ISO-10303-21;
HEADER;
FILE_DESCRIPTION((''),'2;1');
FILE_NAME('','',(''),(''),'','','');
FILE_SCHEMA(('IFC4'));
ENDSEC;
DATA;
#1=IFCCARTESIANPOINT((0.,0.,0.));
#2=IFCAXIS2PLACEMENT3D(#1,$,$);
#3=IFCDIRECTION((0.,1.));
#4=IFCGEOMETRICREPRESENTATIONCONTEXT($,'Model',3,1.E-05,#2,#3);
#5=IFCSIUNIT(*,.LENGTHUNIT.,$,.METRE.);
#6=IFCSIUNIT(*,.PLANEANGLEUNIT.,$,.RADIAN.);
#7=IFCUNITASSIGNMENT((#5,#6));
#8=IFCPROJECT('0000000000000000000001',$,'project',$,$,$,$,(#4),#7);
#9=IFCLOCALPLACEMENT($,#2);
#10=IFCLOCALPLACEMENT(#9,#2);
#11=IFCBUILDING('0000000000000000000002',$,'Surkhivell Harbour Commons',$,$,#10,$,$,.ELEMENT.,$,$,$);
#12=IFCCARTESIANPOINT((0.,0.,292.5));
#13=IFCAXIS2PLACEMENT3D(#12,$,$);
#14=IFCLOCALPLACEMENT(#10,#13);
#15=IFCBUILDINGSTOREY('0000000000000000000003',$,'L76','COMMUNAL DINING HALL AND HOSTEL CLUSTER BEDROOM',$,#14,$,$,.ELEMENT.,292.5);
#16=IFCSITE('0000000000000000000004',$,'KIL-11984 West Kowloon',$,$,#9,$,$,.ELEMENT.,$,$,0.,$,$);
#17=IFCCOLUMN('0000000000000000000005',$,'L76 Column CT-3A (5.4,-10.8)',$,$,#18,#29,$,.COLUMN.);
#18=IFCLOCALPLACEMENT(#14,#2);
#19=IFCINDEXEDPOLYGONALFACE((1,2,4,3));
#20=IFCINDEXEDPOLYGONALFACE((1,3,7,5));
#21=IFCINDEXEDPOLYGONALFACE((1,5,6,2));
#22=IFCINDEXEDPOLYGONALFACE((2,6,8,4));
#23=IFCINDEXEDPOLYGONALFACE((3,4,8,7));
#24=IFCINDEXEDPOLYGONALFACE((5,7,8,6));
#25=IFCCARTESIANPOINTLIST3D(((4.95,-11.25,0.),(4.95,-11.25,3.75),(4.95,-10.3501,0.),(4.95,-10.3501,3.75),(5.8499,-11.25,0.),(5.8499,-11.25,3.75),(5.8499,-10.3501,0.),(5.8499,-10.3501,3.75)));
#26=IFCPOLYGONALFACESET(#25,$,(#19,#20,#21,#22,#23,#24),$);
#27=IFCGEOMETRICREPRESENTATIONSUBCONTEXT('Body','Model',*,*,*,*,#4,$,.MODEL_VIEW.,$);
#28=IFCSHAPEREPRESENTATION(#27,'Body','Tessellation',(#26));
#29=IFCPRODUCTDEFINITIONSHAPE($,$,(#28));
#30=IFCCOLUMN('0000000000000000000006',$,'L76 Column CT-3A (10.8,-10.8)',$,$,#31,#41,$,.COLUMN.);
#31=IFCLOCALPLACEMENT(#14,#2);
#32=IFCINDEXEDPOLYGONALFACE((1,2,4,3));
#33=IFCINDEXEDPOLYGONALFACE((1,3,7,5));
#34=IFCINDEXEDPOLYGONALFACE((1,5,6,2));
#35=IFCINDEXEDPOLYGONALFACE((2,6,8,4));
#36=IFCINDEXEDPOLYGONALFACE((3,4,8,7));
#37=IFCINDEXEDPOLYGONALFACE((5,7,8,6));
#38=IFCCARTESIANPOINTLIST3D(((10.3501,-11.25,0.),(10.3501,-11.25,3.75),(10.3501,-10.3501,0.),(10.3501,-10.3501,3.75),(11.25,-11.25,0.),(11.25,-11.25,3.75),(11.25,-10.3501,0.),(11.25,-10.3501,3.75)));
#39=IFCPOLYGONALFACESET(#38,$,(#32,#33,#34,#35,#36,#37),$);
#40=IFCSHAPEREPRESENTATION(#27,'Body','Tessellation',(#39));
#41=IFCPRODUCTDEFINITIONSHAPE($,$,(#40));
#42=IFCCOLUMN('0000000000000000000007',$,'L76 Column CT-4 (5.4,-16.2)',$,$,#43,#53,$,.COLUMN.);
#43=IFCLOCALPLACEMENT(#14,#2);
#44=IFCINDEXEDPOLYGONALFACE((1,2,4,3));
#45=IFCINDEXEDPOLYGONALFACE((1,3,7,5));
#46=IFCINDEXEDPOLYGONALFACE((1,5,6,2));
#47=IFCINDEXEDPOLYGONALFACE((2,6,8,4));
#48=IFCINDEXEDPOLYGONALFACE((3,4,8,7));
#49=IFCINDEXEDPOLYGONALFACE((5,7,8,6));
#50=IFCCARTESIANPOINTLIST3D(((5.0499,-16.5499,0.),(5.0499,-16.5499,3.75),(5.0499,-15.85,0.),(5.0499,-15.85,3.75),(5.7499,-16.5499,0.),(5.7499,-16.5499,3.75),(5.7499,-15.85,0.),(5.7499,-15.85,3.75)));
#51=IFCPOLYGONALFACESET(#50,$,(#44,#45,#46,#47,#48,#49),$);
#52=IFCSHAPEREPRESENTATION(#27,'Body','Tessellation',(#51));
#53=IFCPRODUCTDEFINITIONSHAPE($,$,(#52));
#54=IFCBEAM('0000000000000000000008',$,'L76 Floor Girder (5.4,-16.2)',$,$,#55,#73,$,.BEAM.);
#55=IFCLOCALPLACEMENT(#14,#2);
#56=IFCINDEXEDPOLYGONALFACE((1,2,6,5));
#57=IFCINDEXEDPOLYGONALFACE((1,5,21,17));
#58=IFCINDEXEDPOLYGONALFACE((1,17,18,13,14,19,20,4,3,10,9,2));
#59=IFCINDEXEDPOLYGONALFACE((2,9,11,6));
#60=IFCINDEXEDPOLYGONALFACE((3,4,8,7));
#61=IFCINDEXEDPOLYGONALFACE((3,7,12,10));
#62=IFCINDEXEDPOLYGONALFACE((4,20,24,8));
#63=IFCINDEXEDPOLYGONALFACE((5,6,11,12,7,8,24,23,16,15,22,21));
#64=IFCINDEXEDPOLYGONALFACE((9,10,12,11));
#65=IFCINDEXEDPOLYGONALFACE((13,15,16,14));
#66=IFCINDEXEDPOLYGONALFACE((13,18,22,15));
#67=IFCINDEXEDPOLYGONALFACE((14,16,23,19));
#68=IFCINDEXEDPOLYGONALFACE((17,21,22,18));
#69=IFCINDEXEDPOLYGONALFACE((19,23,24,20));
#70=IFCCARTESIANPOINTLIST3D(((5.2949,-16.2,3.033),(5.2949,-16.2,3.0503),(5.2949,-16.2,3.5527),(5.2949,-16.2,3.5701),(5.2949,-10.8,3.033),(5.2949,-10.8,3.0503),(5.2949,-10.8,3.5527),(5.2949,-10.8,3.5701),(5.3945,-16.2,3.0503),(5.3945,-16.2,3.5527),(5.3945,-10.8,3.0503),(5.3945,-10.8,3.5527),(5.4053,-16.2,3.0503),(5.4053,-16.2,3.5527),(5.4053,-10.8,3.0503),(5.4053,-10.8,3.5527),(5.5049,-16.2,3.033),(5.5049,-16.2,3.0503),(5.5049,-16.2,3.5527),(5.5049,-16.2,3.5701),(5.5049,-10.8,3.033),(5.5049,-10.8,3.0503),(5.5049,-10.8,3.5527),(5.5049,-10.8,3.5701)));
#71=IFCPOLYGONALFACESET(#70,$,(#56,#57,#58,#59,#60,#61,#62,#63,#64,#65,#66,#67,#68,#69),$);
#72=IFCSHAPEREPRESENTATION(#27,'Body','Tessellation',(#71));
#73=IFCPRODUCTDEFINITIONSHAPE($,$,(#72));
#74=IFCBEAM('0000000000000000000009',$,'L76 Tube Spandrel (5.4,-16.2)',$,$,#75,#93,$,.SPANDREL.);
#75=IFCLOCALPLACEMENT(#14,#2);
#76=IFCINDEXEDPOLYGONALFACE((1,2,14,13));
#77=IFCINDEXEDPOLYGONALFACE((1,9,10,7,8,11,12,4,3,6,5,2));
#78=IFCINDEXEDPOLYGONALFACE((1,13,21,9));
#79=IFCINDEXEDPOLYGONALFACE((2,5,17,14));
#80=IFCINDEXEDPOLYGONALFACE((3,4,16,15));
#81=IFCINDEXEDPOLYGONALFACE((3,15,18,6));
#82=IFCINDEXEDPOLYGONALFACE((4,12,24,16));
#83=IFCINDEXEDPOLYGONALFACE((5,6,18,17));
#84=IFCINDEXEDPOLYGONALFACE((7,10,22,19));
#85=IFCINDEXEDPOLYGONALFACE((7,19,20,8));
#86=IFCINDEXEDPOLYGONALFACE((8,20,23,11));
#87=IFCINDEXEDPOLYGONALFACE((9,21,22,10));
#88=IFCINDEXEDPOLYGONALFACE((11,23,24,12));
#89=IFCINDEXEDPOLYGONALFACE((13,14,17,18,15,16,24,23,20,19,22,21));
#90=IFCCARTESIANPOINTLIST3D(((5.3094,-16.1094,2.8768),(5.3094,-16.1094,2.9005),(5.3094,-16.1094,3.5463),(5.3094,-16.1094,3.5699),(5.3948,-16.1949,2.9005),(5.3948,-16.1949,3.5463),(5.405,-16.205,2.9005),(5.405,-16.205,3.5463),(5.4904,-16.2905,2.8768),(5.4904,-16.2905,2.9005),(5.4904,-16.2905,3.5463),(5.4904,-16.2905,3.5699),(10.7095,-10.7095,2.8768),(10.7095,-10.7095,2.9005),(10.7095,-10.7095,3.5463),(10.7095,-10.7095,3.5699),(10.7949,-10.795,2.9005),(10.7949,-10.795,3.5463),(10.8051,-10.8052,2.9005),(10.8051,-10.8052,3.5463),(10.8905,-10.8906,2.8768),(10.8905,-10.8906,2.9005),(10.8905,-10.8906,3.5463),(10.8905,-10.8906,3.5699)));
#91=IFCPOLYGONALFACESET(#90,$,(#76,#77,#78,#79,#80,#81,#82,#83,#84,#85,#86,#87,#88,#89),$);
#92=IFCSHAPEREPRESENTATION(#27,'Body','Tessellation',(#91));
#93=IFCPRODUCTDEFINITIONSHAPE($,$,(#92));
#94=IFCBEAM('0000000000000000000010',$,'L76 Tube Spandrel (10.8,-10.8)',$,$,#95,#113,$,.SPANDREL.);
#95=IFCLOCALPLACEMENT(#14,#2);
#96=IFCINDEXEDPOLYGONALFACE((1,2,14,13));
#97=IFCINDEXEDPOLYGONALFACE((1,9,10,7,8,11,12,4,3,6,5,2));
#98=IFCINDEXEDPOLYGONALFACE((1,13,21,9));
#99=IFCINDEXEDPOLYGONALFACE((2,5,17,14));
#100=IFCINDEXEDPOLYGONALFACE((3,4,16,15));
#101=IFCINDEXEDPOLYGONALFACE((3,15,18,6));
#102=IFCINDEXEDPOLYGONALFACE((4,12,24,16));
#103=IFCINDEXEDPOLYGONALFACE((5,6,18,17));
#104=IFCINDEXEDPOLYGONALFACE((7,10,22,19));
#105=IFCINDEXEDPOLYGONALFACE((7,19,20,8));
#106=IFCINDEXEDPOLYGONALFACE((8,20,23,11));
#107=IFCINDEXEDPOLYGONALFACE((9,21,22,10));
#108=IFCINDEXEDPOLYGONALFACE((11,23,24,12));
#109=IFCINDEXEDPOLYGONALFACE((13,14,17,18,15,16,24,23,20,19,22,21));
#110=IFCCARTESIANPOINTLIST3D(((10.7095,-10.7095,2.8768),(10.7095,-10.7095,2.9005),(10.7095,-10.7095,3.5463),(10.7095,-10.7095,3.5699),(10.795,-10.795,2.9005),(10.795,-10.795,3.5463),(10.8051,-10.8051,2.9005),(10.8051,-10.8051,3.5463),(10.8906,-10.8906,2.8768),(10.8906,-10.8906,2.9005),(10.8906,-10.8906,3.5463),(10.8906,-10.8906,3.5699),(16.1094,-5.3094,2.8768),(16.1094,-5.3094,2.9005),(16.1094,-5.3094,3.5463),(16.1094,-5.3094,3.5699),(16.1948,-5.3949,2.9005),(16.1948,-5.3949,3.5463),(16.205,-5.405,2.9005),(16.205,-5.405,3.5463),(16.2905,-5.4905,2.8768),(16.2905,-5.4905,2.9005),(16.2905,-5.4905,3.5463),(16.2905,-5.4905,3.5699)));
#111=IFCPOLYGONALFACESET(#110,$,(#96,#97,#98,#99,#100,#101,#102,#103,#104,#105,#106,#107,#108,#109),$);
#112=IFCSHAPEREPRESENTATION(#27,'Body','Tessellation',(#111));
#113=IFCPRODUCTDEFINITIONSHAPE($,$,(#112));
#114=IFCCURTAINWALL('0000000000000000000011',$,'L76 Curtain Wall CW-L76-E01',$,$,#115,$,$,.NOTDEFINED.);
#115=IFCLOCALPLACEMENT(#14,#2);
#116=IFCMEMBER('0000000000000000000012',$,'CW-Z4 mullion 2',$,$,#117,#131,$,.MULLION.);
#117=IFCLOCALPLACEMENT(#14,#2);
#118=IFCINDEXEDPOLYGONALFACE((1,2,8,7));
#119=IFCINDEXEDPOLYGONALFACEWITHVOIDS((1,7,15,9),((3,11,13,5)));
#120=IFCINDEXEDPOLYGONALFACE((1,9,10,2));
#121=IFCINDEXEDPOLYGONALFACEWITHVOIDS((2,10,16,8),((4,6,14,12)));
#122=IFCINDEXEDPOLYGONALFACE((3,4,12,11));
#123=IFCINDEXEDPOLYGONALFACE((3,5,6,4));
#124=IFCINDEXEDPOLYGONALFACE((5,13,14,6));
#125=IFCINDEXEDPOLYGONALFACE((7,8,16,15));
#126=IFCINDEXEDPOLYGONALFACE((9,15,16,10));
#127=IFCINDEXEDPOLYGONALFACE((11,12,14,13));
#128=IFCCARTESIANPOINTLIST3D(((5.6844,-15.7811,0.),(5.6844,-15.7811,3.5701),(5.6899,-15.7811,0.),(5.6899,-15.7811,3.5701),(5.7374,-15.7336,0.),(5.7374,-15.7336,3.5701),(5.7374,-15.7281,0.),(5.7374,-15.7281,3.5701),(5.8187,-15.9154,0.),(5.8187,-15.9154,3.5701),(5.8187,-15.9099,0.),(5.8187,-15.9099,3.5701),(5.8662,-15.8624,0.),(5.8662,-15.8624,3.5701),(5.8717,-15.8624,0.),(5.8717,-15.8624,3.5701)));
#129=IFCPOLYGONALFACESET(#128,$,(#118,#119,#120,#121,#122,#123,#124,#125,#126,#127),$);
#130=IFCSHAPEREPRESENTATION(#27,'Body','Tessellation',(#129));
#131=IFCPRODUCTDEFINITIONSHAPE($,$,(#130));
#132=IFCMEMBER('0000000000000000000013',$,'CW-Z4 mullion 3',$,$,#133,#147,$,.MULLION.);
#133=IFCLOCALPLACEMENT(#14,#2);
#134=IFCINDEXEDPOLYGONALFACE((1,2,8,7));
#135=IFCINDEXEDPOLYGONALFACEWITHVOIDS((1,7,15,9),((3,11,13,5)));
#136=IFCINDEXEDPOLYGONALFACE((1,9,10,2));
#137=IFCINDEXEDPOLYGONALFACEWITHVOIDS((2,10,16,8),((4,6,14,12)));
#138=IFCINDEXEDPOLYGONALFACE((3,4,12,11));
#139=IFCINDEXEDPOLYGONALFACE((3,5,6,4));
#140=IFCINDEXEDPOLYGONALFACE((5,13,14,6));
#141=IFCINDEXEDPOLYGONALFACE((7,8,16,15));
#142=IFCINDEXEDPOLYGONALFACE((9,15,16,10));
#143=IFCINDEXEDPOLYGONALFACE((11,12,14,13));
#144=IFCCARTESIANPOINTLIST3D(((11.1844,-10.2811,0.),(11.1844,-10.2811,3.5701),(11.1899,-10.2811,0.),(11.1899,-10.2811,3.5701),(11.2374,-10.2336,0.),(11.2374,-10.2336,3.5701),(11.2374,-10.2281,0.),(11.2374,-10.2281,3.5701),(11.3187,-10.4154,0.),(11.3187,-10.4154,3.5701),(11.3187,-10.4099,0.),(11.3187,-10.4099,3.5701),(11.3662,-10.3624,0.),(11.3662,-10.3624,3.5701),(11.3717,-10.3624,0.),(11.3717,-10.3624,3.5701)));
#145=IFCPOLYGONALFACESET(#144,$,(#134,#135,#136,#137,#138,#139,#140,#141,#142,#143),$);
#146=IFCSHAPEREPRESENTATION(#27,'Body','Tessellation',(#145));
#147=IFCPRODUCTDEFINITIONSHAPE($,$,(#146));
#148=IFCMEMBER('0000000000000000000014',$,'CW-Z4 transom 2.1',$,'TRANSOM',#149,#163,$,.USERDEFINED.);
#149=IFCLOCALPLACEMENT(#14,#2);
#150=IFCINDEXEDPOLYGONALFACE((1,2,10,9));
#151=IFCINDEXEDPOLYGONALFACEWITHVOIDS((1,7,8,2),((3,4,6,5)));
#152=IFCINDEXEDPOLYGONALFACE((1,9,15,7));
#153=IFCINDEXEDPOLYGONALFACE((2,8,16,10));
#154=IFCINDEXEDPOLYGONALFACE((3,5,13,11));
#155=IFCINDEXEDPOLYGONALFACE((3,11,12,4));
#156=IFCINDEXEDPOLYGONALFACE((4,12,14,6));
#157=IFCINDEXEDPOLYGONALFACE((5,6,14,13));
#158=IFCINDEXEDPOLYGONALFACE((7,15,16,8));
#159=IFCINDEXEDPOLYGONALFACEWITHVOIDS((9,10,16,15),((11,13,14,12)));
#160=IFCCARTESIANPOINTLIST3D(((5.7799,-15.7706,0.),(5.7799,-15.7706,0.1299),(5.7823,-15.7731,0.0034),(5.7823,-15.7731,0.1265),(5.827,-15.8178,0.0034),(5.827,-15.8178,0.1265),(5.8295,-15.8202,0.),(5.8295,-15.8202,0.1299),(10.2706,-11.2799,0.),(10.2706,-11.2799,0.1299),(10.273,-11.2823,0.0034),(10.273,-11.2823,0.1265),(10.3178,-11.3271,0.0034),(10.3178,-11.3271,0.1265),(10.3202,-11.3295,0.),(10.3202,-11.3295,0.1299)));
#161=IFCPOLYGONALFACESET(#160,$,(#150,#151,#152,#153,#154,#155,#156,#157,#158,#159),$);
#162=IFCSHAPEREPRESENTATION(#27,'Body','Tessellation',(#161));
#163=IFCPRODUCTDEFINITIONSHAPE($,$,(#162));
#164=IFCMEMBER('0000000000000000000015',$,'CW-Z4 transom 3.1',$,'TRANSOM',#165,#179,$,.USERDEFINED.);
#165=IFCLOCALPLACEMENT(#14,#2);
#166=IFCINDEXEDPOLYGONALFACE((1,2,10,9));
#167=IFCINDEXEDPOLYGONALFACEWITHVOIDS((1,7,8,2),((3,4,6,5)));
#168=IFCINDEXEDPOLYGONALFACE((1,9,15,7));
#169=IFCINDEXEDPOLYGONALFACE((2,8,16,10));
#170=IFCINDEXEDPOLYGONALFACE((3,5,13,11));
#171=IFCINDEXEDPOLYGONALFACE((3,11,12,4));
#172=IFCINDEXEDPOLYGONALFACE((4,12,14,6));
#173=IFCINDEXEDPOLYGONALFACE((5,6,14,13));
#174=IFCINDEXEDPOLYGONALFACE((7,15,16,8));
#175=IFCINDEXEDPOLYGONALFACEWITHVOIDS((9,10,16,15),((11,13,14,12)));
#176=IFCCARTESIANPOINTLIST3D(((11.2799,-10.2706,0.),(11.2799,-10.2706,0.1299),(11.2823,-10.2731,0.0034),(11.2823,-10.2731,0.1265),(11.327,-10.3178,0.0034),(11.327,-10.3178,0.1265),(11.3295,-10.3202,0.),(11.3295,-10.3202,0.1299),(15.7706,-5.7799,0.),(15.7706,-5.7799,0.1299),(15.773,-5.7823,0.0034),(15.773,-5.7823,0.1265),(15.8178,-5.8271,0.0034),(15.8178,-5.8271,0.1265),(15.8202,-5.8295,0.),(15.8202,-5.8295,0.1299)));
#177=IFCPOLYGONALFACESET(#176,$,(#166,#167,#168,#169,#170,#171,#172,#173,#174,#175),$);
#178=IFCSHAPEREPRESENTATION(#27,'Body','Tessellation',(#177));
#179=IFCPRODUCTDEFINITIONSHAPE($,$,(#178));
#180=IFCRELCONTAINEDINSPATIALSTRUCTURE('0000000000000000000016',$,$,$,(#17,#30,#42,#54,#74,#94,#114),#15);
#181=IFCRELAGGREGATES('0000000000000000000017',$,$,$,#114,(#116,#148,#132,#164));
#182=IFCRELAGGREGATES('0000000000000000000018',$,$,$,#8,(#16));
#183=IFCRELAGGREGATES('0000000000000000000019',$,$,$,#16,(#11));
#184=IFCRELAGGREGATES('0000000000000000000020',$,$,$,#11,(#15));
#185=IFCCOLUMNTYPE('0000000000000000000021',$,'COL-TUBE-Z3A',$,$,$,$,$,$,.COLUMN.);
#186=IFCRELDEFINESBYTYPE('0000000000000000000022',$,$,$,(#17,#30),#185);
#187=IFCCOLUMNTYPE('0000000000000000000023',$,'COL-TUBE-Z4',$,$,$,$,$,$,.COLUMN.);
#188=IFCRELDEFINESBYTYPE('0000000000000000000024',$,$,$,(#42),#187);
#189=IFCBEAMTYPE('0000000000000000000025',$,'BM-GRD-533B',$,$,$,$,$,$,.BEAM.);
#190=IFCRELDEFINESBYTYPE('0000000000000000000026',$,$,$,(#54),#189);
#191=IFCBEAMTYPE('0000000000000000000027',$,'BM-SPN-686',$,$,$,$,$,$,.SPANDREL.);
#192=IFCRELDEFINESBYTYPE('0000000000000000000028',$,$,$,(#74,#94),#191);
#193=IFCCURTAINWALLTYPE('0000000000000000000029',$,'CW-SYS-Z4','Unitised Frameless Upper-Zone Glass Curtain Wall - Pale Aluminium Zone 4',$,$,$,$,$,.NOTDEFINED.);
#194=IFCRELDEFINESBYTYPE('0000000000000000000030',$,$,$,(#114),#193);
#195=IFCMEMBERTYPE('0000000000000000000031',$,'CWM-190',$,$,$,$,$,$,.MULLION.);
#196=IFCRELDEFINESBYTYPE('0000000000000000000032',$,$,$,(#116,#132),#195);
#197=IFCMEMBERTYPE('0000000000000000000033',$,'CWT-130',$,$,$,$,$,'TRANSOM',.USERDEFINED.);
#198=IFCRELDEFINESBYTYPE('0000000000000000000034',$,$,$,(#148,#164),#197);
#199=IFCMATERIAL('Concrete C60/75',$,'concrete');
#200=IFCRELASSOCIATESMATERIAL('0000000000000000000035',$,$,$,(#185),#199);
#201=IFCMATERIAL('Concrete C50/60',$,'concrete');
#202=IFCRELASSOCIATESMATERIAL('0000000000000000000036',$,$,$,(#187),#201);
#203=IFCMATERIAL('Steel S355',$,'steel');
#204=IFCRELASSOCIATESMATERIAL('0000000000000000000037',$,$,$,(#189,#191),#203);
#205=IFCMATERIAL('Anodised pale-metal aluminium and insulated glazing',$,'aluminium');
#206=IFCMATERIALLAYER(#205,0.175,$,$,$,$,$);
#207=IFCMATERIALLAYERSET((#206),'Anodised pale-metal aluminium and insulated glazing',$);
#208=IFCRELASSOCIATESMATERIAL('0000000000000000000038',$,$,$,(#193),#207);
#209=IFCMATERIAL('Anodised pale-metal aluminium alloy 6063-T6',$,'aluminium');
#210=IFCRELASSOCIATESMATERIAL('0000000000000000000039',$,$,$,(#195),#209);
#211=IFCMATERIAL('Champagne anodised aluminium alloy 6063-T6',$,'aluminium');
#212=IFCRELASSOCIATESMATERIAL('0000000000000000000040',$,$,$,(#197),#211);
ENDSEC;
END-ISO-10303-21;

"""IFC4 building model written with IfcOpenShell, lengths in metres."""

from ifc_helpers import new_model, si_unit, direction, frame, origin, origin_2d, place, context, subcontext, project, spatial, rectangle, hollow_rectangle, i_section, extrude, material, layer, layer_set, material_profile, profile_set, type_object, element, aggregate, save


model = new_model("IFC4")

# Units and contexts
model_context = context("Model", 3, precision=1e-05, world=origin(), true_north=direction((0.0, 1.0)))
body_context = subcontext(model_context, "Body", "Model", "MODEL_VIEW")
ifc_project = project(units=[si_unit("LENGTHUNIT", "METRE"), si_unit("PLANEANGLEUNIT", "RADIAN")], contexts=[model_context])

# Site, building, storey
site_placement = place(None, origin())
site = spatial("IfcSite", under=ifc_project, at=site_placement, Name="KIL-11984 West Kowloon", CompositionType="ELEMENT", RefElevation=0.0)
building_placement = place(site_placement, origin())
building = spatial("IfcBuilding", under=site, at=building_placement, Name="Surkhivell Harbour Commons", CompositionType="ELEMENT")
storey_placement = place(building_placement, frame((0.0, 0.0, 292.5)))
storey = spatial("IfcBuildingStorey", under=building, at=storey_placement, Name="L76", Description="COMMUNAL DINING HALL AND HOSTEL CLUSTER BEDROOM", CompositionType="ELEMENT", Elevation=292.5)

# Columns
ifc_material_1 = material(Name="Concrete C60/75", Category="concrete")
ifc_material_profile_1 = material_profile(ifc_material_1, rectangle(XDim=0.8999, YDim=0.8999, at=origin_2d()), Name="RC-COL-900x900")
ifc_profile_set_1 = profile_set([ifc_material_profile_1], Name="Concrete C60/75")
column_type_1 = type_object("IfcColumnType", Name="COL-TUBE-Z3A", PredefinedType="COLUMN", material=ifc_profile_set_1)
for number, where, z_axis, x_axis, name in (
    (1, (5.3999, -10.8, 0.0), (0.0, 0.0, 1.0), (1.0, 0.0, 0.0), "L76 Column CT-3A (5.4,-10.8)"),
    (2, (10.8, -10.8, 0.0), (0.0, 0.0, 1.0), (1.0, 0.0, 0.0), "L76 Column CT-3A (10.8,-10.8)"),
):
    element("IfcColumn", number, at=place(storey_placement, frame(where, z_axis=z_axis, x_axis=x_axis)), inside=storey, type_object=column_type_1, Name=name, PredefinedType="COLUMN", context=body_context, shape_type="SweptSolid", body=[
        extrude(rectangle(XDim=0.8999, YDim=0.8999, at=origin_2d()), origin(), (0.0, 0.0, 1.0), 3.75),
    ])
ifc_material_2 = material(Name="Concrete C50/60", Category="concrete")
ifc_material_profile_2 = material_profile(ifc_material_2, rectangle(XDim=0.7, YDim=0.7, at=origin_2d()), Name="RC-COL-700x700")
ifc_profile_set_2 = profile_set([ifc_material_profile_2], Name="Concrete C50/60")
column_type_2 = type_object("IfcColumnType", Name="COL-TUBE-Z4", PredefinedType="COLUMN", material=ifc_profile_set_2)
column_placement = place(storey_placement, frame((5.3999, -16.2, 0.0), z_axis=(0.0, 0.0, 1.0), x_axis=(1.0, 0.0, 0.0)))
element("IfcColumn", 3, at=column_placement, inside=storey, type_object=column_type_2, Name="L76 Column CT-4 (5.4,-16.2)", PredefinedType="COLUMN", context=body_context, shape_type="SweptSolid", body=[
    extrude(rectangle(XDim=0.7, YDim=0.7, at=origin_2d()), origin(), (0.0, 0.0, 1.0), 3.75),
])

# Beams
ifc_material_3 = material(Name="Steel S355", Category="steel")
ifc_material_profile_3 = material_profile(ifc_material_3, i_section(OverallWidth=0.21, OverallDepth=0.5371, WebThickness=0.0107, FlangeThickness=0.0173, at=origin_2d()), Name="UB533x210x101")
ifc_profile_set_3 = profile_set([ifc_material_profile_3], Name="Steel S355")
beam_type_1 = type_object("IfcBeamType", Name="BM-GRD-533B", PredefinedType="BEAM", material=ifc_profile_set_3)
beam_placement = place(storey_placement, frame((5.3999, -16.2, 3.3015), z_axis=(0.0, 1.0, 0.0), x_axis=(-1.0, 0.0, 0.0)))
element("IfcBeam", 4, at=beam_placement, inside=storey, type_object=beam_type_1, Name="L76 Floor Girder (5.4,-16.2)", PredefinedType="BEAM", context=body_context, shape_type="SweptSolid", body=[
    extrude(i_section(OverallWidth=0.21, OverallDepth=0.5371, WebThickness=0.0107, FlangeThickness=0.0173, at=origin_2d()), origin(), (0.0, 0.0, 1.0), 5.3999),
])
ifc_material_profile_4 = material_profile(ifc_material_3, i_section(OverallWidth=0.2561, OverallDepth=0.6931, WebThickness=0.0144, FlangeThickness=0.0237, at=origin_2d()), Name="UB686x254x170")
ifc_profile_set_4 = profile_set([ifc_material_profile_4], Name="Steel S355")
beam_type_2 = type_object("IfcBeamType", Name="BM-SPN-686", PredefinedType="SPANDREL", material=ifc_profile_set_4)
for number, where, z_axis, x_axis, name in (
    (5, (5.3999, -16.2, 3.2234), (0.707123, 0.707091, 0.0), (-0.707091, 0.707123, 0.0), "L76 Tube Spandrel (5.4,-16.2)"),
    (6, (10.8, -10.8, 3.2234), (0.707091, 0.707123, 0.0), (-0.707123, 0.707091, 0.0), "L76 Tube Spandrel (10.8,-10.8)"),
):
    element("IfcBeam", number, at=place(storey_placement, frame(where, z_axis=z_axis, x_axis=x_axis)), inside=storey, type_object=beam_type_2, Name=name, PredefinedType="SPANDREL", context=body_context, shape_type="SweptSolid", body=[
        extrude(i_section(OverallWidth=0.2561, OverallDepth=0.6931, WebThickness=0.0144, FlangeThickness=0.0237, at=origin_2d()), origin(), (0.0, 0.0, 1.0), 7.6367),
    ])

# Curtain wall, members
ifc_material_4 = material(Name="Anodised pale-metal aluminium and insulated glazing", Category="aluminium")
ifc_layer_1 = layer(ifc_material_4, 0.175)
ifc_layer_set_1 = layer_set([ifc_layer_1], Name="Anodised pale-metal aluminium and insulated glazing")
curtain_wall_type = type_object("IfcCurtainWallType", Name="CW-SYS-Z4", Description="Unitised Frameless Upper-Zone Glass Curtain Wall - Pale Aluminium Zone 4", PredefinedType="NOTDEFINED", material=ifc_layer_set_1)
curtain_wall_placement = place(storey_placement, origin())
curtain_wall = element("IfcCurtainWall", 7, at=curtain_wall_placement, inside=storey, type_object=curtain_wall_type, Name="L76 Curtain Wall CW-L76-E01", PredefinedType="NOTDEFINED")
ifc_material_5 = material(Name="Anodised pale-metal aluminium alloy 6063-T6", Category="aluminium")
ifc_material_profile_5 = material_profile(ifc_material_5, hollow_rectangle(XDim=0.075, YDim=0.1899, WallThickness=0.0039, at=origin_2d()), Name="ALU-MULL-75x190")
ifc_profile_set_5 = profile_set([ifc_material_profile_5], Name="Anodised pale-metal aluminium alloy 6063-T6")
member_type_1 = type_object("IfcMemberType", Name="CWM-190", PredefinedType="MULLION", material=ifc_profile_set_5)
member_1_placement = place(storey_placement, frame((5.7781, -15.8218, 0.0), z_axis=(0.0, 0.0, 1.0), x_axis=(0.707107, 0.707107, 0.0)))
member_1 = element("IfcMember", 8, at=member_1_placement, type_object=member_type_1, Name="CW-Z4 mullion 2", PredefinedType="MULLION", context=body_context, shape_type="SweptSolid", body=[
    extrude(hollow_rectangle(XDim=0.075, YDim=0.1899, WallThickness=0.0039, at=origin_2d()), origin(), (0.0, 0.0, 1.0), 3.5701),
])
member_2_placement = place(storey_placement, frame((11.2781, -10.3218, 0.0), z_axis=(0.0, 0.0, 1.0), x_axis=(0.707107, 0.707107, 0.0)))
member_2 = element("IfcMember", 9, at=member_2_placement, type_object=member_type_1, Name="CW-Z4 mullion 3", PredefinedType="MULLION", context=body_context, shape_type="SweptSolid", body=[
    extrude(hollow_rectangle(XDim=0.075, YDim=0.1899, WallThickness=0.0039, at=origin_2d()), origin(), (0.0, 0.0, 1.0), 3.5701),
])
ifc_material_6 = material(Name="Champagne anodised aluminium alloy 6063-T6", Category="aluminium")
ifc_material_profile_6 = material_profile(ifc_material_6, hollow_rectangle(XDim=0.0701, YDim=0.1299, WallThickness=0.0034, at=origin_2d()), Name="ALU-TRAN-70x130")
ifc_profile_set_6 = profile_set([ifc_material_profile_6], Name="Champagne anodised aluminium alloy 6063-T6")
member_type_2 = type_object("IfcMemberType", Name="CWT-130", ElementType="TRANSOM", PredefinedType="USERDEFINED", material=ifc_profile_set_6)
member_3_placement = place(storey_placement, frame((5.8047, -15.7954, 0.0649), z_axis=(0.707107, 0.707107, 0.0), x_axis=(-0.707107, 0.707107, 0.0)))
member_3 = element("IfcMember", 10, at=member_3_placement, type_object=member_type_2, Name="CW-Z4 transom 2.1", ObjectType="TRANSOM", PredefinedType="USERDEFINED", context=body_context, shape_type="SweptSolid", body=[
    extrude(hollow_rectangle(XDim=0.0701, YDim=0.1299, WallThickness=0.0034, at=origin_2d()), origin(), (0.0, 0.0, 1.0), 6.3508),
])
member_4_placement = place(storey_placement, frame((11.3047, -10.2954, 0.0649), z_axis=(0.707107, 0.707107, 0.0), x_axis=(-0.707107, 0.707107, 0.0)))
member_4 = element("IfcMember", 11, at=member_4_placement, type_object=member_type_2, Name="CW-Z4 transom 3.1", ObjectType="TRANSOM", PredefinedType="USERDEFINED", context=body_context, shape_type="SweptSolid", body=[
    extrude(hollow_rectangle(XDim=0.0701, YDim=0.1299, WallThickness=0.0034, at=origin_2d()), origin(), (0.0, 0.0, 1.0), 6.3508),
])
aggregate(curtain_wall, [member_1, member_3, member_2, member_4])

save(model, "model.ifc")
